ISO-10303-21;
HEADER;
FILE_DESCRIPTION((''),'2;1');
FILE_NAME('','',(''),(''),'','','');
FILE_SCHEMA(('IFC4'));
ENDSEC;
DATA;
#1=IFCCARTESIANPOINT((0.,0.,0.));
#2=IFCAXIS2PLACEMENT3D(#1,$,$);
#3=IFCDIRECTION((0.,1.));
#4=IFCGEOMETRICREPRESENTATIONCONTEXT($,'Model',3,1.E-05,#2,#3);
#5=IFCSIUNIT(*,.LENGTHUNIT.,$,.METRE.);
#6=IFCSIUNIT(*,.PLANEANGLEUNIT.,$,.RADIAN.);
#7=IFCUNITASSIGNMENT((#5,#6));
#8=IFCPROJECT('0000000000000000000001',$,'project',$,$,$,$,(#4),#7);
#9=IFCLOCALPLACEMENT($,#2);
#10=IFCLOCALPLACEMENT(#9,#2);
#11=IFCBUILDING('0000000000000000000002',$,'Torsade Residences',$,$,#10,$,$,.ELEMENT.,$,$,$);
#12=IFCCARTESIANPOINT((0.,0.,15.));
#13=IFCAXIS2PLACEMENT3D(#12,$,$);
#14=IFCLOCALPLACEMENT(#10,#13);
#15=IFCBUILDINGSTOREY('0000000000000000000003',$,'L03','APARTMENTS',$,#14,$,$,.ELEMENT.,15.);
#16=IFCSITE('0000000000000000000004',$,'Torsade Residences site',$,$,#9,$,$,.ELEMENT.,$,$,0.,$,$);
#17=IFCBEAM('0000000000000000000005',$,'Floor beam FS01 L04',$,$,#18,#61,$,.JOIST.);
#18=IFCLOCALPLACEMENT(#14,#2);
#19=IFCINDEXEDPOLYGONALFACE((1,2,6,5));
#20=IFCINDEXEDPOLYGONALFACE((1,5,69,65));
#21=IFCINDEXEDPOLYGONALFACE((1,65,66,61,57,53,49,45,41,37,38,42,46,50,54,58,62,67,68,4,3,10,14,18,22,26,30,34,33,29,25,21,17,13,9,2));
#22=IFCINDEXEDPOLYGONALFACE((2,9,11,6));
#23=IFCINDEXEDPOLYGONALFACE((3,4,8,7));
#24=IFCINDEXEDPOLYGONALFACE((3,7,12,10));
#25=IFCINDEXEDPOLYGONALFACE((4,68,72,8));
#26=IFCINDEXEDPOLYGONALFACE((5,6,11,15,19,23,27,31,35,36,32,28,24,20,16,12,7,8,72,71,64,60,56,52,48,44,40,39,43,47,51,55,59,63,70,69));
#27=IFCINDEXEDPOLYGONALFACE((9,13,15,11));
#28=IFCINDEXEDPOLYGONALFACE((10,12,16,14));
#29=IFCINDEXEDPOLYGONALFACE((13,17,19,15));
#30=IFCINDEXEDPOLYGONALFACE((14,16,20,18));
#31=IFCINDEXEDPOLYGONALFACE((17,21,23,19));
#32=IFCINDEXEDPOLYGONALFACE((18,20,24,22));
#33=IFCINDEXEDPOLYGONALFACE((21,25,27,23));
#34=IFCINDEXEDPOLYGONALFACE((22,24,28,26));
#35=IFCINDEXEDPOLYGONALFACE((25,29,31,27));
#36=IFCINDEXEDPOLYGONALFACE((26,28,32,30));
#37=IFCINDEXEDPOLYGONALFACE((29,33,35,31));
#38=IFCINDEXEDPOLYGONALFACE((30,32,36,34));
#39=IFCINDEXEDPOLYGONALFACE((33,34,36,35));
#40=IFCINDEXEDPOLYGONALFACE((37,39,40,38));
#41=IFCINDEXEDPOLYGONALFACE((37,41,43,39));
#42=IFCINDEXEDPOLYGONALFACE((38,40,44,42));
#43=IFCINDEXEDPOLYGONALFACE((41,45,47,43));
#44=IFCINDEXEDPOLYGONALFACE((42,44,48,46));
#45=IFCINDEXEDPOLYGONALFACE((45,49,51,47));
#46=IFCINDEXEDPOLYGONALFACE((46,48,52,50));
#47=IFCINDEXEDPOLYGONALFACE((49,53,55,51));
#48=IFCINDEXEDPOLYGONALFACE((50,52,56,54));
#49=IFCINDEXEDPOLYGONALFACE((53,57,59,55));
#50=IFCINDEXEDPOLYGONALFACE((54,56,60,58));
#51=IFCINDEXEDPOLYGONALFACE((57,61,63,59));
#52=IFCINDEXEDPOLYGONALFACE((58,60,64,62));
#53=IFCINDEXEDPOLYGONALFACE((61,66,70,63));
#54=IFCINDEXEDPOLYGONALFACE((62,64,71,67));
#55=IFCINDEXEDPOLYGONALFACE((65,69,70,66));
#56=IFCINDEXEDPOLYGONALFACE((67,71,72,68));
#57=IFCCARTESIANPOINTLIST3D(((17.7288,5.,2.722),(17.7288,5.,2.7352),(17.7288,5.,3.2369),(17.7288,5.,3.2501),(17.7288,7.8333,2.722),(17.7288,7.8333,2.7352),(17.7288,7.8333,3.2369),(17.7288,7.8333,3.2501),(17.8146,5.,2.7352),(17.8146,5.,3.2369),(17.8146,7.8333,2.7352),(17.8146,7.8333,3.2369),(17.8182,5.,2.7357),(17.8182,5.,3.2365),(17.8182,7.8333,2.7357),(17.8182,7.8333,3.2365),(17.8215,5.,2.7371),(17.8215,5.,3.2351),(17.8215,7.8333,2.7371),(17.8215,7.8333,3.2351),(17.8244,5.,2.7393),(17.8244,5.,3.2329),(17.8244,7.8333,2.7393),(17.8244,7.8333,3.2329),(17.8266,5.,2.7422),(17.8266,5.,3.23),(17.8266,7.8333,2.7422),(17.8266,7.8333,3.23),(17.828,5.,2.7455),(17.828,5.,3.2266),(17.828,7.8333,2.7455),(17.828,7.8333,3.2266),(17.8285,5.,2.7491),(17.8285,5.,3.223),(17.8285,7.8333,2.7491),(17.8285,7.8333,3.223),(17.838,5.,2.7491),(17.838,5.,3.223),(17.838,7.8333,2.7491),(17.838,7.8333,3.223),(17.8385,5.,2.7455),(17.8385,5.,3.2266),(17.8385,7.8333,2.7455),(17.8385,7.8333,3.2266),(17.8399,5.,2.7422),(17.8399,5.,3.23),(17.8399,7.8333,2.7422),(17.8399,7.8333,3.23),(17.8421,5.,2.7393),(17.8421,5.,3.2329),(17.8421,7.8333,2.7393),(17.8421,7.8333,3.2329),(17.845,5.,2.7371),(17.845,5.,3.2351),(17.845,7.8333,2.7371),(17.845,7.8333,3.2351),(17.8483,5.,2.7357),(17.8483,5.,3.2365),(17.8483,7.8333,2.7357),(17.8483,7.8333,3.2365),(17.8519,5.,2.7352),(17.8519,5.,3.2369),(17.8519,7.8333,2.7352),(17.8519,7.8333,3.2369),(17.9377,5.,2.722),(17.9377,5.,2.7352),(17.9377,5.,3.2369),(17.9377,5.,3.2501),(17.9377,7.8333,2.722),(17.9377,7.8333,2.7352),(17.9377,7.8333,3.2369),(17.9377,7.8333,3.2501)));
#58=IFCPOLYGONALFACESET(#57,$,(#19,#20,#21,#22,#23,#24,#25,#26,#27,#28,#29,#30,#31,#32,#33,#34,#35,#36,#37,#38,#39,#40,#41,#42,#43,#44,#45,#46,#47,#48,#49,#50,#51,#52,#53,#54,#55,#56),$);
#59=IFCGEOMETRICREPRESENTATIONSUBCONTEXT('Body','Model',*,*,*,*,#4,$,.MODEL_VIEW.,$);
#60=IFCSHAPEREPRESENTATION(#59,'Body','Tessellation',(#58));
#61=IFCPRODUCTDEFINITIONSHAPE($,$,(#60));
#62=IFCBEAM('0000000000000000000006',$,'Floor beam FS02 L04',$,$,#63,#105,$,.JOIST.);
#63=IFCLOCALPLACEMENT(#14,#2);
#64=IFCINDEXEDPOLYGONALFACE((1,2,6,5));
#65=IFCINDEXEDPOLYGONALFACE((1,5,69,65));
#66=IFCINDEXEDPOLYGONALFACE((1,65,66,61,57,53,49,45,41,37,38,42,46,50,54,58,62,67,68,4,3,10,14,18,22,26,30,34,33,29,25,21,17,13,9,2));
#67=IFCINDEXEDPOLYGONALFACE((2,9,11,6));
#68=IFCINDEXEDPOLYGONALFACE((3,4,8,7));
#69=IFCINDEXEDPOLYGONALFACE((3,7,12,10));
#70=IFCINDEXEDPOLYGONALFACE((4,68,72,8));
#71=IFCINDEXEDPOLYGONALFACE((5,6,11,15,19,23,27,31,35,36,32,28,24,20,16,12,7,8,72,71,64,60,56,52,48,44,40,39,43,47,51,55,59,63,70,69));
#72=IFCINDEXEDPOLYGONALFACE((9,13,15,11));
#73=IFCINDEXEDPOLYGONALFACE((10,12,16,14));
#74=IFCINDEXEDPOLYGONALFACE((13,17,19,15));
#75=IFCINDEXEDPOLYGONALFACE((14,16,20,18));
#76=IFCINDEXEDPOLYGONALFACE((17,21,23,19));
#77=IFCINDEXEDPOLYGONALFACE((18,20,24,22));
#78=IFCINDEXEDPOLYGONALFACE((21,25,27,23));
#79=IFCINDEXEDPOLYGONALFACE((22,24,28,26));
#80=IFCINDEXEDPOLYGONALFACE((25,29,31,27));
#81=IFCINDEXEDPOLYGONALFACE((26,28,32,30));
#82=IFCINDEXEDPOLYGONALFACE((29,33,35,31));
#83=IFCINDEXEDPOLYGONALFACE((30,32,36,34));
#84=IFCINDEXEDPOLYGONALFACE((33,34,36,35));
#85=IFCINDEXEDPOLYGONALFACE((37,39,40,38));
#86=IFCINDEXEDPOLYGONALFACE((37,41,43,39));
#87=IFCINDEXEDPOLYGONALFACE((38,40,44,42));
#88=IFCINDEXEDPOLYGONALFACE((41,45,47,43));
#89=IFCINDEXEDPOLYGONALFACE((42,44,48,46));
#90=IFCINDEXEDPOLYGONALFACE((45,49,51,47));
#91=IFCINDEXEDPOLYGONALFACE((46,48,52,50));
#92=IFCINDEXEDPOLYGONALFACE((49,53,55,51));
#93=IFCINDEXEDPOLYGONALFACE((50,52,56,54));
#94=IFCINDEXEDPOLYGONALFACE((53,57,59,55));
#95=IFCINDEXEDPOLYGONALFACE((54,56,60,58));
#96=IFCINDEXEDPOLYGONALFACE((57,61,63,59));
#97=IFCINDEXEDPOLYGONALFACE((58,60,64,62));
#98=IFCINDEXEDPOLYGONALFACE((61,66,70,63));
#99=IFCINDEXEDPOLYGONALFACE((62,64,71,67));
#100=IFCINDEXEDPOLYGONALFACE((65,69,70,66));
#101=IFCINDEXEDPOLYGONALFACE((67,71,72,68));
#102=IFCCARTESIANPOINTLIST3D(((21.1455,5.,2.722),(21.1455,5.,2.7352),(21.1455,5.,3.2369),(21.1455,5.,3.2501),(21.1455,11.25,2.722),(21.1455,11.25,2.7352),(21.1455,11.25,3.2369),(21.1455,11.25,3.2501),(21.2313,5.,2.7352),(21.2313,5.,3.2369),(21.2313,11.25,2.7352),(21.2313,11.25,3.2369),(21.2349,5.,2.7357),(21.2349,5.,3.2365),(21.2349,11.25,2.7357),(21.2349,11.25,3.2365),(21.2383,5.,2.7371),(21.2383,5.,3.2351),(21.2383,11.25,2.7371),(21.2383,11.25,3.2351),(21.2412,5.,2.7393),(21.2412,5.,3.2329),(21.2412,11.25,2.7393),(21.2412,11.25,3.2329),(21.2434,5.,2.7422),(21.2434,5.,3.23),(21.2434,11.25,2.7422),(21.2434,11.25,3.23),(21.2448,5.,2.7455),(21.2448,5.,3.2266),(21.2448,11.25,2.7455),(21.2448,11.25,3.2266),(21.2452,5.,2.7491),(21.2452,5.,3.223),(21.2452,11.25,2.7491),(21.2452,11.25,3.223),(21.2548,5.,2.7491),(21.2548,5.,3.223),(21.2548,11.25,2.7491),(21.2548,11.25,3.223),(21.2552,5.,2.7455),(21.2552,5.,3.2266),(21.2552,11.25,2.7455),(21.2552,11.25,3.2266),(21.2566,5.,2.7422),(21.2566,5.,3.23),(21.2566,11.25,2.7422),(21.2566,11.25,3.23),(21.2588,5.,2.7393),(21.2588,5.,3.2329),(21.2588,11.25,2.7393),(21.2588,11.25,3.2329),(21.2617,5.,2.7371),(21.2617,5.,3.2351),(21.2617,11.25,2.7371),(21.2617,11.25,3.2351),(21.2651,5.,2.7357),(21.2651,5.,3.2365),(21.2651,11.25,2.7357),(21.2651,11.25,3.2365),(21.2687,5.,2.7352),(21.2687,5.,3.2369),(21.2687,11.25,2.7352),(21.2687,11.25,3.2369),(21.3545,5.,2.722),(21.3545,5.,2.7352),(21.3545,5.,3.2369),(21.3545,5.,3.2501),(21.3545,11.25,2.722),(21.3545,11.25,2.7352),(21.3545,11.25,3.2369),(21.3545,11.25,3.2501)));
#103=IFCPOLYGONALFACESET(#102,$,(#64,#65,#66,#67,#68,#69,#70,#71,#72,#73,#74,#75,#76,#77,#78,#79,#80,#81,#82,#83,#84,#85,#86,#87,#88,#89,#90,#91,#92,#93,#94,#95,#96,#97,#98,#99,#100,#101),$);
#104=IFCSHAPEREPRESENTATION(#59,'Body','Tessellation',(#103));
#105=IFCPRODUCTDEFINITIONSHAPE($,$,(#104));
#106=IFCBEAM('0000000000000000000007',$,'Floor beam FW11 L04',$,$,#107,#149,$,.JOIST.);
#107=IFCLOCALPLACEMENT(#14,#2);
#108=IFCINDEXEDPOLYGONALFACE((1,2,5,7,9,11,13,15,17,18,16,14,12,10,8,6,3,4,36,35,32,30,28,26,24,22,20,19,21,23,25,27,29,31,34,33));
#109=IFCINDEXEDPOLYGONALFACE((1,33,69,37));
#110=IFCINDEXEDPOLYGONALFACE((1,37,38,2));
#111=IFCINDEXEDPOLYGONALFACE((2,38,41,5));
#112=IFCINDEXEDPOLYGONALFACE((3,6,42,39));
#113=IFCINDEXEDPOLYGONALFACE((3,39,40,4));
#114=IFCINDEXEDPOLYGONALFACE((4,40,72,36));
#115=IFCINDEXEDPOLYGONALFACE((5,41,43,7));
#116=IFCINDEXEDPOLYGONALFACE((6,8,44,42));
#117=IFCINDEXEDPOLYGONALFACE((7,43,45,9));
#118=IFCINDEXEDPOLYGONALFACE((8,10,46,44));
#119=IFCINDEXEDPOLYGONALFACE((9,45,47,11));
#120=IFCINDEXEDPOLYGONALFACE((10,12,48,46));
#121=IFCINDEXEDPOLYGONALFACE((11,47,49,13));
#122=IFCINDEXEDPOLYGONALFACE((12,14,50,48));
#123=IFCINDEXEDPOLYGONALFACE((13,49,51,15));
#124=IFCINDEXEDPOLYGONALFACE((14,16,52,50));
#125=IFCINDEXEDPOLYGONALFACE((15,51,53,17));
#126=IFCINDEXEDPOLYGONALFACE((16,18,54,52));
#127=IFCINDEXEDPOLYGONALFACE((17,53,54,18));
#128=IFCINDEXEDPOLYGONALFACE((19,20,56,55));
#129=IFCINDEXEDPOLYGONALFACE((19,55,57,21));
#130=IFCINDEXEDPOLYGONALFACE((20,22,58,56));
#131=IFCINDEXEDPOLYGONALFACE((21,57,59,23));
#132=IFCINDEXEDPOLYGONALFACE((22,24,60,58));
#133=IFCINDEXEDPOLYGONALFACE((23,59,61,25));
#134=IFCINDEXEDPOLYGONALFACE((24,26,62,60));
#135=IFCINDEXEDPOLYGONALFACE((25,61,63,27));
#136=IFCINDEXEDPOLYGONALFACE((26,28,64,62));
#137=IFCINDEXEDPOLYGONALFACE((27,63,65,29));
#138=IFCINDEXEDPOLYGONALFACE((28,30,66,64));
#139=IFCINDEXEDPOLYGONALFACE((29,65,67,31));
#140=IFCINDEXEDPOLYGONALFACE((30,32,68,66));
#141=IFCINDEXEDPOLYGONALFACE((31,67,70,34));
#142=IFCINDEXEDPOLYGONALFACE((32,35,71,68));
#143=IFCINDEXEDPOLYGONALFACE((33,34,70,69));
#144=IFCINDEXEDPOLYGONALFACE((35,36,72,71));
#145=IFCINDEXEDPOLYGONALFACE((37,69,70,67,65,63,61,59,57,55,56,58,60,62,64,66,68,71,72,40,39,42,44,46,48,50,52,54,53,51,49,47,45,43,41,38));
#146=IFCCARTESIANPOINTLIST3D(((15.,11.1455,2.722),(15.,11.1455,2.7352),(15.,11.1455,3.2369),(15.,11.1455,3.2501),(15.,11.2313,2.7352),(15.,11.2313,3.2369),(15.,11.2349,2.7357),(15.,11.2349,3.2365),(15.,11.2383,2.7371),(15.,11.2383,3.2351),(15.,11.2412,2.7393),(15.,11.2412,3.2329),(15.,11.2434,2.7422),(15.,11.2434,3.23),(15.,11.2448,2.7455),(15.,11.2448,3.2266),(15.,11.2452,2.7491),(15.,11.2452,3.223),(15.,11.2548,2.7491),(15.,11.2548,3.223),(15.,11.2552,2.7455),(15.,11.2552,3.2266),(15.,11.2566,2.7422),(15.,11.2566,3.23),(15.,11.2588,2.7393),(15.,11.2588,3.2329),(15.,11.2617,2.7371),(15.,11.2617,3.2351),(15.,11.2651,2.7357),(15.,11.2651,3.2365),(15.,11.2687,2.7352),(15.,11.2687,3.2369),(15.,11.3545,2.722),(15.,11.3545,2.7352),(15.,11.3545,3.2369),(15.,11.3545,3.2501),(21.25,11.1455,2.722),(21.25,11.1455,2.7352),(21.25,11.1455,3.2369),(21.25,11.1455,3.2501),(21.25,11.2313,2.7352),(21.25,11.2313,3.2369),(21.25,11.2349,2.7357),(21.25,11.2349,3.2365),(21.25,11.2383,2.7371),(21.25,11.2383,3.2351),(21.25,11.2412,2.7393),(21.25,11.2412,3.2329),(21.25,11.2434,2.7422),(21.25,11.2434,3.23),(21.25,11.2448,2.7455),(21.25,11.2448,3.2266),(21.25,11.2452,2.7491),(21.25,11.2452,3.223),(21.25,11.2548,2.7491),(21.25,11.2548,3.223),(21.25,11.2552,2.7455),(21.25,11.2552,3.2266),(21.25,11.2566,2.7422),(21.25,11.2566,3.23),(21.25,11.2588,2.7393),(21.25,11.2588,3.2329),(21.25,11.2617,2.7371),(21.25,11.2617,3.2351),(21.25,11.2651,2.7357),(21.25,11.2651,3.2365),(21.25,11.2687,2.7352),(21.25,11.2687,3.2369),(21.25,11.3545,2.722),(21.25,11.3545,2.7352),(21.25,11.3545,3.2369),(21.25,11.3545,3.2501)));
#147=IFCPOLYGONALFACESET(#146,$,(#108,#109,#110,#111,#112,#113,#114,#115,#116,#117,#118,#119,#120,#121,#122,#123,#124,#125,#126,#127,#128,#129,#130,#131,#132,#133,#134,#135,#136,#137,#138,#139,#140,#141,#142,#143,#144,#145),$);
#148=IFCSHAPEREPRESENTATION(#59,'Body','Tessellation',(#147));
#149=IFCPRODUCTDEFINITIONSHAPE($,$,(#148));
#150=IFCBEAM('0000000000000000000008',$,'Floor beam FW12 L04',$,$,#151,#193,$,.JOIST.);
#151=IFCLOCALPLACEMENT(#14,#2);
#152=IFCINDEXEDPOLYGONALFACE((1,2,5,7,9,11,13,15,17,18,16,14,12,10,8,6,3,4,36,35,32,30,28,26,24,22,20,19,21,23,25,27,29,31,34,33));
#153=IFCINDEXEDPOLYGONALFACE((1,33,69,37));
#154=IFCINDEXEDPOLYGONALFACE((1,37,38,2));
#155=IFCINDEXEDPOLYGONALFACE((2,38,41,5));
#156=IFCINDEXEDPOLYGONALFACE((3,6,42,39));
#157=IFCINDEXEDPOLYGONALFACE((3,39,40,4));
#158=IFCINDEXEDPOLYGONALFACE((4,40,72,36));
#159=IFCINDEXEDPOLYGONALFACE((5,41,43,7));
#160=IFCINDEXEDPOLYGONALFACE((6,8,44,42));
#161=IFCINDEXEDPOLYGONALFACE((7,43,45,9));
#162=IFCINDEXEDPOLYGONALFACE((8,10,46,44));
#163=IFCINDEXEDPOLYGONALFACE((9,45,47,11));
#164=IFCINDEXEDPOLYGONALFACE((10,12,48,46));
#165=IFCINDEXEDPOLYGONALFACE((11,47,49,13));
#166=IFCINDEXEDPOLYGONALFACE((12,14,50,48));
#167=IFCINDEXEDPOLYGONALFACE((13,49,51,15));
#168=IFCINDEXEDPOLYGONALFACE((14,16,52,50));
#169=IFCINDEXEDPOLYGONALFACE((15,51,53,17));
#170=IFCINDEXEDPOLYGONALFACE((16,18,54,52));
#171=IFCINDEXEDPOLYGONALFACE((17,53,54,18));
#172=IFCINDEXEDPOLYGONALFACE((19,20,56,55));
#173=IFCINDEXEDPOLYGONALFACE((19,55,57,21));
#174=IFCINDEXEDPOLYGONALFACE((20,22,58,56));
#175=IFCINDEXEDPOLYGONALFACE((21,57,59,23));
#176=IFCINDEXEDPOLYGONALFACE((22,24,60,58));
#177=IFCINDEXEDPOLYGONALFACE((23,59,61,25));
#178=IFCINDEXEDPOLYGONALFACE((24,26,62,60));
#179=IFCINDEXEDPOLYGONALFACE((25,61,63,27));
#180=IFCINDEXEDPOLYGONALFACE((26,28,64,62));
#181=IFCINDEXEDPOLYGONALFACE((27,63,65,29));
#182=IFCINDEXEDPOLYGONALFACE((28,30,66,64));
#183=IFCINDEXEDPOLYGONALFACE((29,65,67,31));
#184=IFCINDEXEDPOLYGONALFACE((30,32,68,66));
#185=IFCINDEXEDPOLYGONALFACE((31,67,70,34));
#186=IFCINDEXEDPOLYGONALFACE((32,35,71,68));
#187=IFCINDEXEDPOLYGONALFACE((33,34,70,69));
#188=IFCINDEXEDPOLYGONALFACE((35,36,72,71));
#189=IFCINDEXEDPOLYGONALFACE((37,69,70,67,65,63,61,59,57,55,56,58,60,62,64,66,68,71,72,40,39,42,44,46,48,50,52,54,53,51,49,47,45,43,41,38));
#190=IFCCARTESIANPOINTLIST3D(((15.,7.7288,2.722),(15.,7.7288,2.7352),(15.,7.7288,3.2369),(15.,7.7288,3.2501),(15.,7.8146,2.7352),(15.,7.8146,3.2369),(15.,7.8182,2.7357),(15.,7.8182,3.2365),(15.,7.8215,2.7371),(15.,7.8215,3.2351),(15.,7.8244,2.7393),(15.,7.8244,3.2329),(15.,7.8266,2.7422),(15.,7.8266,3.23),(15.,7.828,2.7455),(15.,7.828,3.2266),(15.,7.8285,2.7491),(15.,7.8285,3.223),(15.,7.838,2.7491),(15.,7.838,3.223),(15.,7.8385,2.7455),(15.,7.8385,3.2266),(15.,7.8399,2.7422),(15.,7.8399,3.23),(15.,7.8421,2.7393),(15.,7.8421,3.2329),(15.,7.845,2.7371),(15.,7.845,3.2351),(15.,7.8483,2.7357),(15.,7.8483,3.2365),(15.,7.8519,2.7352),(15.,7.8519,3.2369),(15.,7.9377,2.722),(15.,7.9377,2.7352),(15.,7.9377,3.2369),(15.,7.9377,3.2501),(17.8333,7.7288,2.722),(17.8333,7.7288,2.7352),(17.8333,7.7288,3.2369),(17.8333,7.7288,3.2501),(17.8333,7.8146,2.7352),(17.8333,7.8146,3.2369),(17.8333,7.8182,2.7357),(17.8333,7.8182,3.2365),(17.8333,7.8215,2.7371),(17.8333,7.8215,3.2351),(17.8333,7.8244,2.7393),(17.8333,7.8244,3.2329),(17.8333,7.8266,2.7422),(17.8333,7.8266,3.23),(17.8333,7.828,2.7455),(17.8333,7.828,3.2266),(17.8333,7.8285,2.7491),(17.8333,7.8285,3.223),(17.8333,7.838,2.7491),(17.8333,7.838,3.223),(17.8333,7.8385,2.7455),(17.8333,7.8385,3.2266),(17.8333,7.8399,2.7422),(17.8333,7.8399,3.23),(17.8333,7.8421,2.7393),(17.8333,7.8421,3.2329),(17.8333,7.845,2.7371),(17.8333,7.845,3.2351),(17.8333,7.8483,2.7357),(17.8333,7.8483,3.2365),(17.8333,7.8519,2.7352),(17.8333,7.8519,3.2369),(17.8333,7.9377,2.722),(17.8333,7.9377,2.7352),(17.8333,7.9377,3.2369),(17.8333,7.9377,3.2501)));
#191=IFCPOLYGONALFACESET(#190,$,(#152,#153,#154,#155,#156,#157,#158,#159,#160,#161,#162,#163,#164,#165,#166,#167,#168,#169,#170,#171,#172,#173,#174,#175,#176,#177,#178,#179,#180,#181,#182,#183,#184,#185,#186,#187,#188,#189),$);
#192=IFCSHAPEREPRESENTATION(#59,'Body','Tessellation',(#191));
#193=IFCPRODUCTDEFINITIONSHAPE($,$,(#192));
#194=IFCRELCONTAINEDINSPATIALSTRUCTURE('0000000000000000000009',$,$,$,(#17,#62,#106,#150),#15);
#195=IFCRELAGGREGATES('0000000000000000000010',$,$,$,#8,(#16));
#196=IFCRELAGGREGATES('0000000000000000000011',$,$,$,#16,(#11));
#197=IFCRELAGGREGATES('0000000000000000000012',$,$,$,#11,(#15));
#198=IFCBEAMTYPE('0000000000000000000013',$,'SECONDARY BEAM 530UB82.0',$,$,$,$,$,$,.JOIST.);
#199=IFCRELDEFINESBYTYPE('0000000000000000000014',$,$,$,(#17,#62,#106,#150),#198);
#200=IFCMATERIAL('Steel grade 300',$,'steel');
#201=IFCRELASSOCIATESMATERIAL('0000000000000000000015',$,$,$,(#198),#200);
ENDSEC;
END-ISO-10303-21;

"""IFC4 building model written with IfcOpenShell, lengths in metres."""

from ifc_helpers import new_model, si_unit, direction, frame, origin, origin_2d, place, context, subcontext, project, spatial, i_section, extrude, material, material_profile, profile_set, type_object, element, save


model = new_model("IFC4")

# Units and contexts
model_context = context("Model", 3, precision=1e-05, world=origin(), true_north=direction((0.0, 1.0)))
body_context = subcontext(model_context, "Body", "Model", "MODEL_VIEW")
ifc_project = project(units=[si_unit("LENGTHUNIT", "METRE"), si_unit("PLANEANGLEUNIT", "RADIAN")], contexts=[model_context])

# Site, building, storey
site_placement = place(None, origin())
site = spatial("IfcSite", under=ifc_project, at=site_placement, Name="Torsade Residences site", CompositionType="ELEMENT", RefElevation=0.0)
building_placement = place(site_placement, origin())
building = spatial("IfcBuilding", under=site, at=building_placement, Name="Torsade Residences", CompositionType="ELEMENT")
storey_placement = place(building_placement, frame((0.0, 0.0, 15.0)))
storey = spatial("IfcBuildingStorey", under=building, at=storey_placement, Name="L03", Description="APARTMENTS", CompositionType="ELEMENT", Elevation=15.0)

# Beams
ifc_material_1 = material(Name="Steel grade 300", Category="steel")
ifc_material_profile_1 = material_profile(ifc_material_1, i_section(OverallWidth=0.209, OverallDepth=0.5281, WebThickness=0.0095, FlangeThickness=0.0132, FilletRadius=0.0139, at=origin_2d()), Name="530UB82.0")
ifc_profile_set_1 = profile_set([ifc_material_profile_1], Name="Steel grade 300")
beam_type_1 = type_object("IfcBeamType", Name="SECONDARY BEAM 530UB82.0", PredefinedType="JOIST", material=ifc_profile_set_1)
beam_1_placement = place(storey_placement, frame((17.8333, 5.0, 2.9861), z_axis=(0.0, 1.0, 0.0), x_axis=(-1.0, 0.0, 0.0)))
element("IfcBeam", 1, at=beam_1_placement, inside=storey, type_object=beam_type_1, Name="Floor beam FS01 L04", PredefinedType="JOIST", context=body_context, shape_type="SweptSolid", body=[
    extrude(i_section(OverallWidth=0.209, OverallDepth=0.5281, WebThickness=0.0095, FlangeThickness=0.0132, FilletRadius=0.0139, at=origin_2d()), origin(), (0.0, 0.0, 1.0), 2.8333),
])
for number, where, z_axis, x_axis, name in (
    (2, (21.25, 5.0, 2.9861), (0.0, 1.0, 0.0), (-1.0, 0.0, 0.0), "Floor beam FS02 L04"),
    (3, (15.0, 11.25, 2.9861), (1.0, 0.0, 0.0), (0.0, 1.0, 0.0), "Floor beam FW11 L04"),
):
    element("IfcBeam", number, at=place(storey_placement, frame(where, z_axis=z_axis, x_axis=x_axis)), inside=storey, type_object=beam_type_1, Name=name, PredefinedType="JOIST", context=body_context, shape_type="SweptSolid", body=[
        extrude(i_section(OverallWidth=0.209, OverallDepth=0.5281, WebThickness=0.0095, FlangeThickness=0.0132, FilletRadius=0.0139, at=origin_2d()), origin(), (0.0, 0.0, 1.0), 6.25),
    ])
beam_2_placement = place(storey_placement, frame((15.0, 7.8333, 2.9861), z_axis=(1.0, 0.0, 0.0), x_axis=(0.0, 1.0, 0.0)))
element("IfcBeam", 4, at=beam_2_placement, inside=storey, type_object=beam_type_1, Name="Floor beam FW12 L04", PredefinedType="JOIST", context=body_context, shape_type="SweptSolid", body=[
    extrude(i_section(OverallWidth=0.209, OverallDepth=0.5281, WebThickness=0.0095, FlangeThickness=0.0132, FilletRadius=0.0139, at=origin_2d()), origin(), (0.0, 0.0, 1.0), 2.8333),
])

save(model, "model.ifc")
